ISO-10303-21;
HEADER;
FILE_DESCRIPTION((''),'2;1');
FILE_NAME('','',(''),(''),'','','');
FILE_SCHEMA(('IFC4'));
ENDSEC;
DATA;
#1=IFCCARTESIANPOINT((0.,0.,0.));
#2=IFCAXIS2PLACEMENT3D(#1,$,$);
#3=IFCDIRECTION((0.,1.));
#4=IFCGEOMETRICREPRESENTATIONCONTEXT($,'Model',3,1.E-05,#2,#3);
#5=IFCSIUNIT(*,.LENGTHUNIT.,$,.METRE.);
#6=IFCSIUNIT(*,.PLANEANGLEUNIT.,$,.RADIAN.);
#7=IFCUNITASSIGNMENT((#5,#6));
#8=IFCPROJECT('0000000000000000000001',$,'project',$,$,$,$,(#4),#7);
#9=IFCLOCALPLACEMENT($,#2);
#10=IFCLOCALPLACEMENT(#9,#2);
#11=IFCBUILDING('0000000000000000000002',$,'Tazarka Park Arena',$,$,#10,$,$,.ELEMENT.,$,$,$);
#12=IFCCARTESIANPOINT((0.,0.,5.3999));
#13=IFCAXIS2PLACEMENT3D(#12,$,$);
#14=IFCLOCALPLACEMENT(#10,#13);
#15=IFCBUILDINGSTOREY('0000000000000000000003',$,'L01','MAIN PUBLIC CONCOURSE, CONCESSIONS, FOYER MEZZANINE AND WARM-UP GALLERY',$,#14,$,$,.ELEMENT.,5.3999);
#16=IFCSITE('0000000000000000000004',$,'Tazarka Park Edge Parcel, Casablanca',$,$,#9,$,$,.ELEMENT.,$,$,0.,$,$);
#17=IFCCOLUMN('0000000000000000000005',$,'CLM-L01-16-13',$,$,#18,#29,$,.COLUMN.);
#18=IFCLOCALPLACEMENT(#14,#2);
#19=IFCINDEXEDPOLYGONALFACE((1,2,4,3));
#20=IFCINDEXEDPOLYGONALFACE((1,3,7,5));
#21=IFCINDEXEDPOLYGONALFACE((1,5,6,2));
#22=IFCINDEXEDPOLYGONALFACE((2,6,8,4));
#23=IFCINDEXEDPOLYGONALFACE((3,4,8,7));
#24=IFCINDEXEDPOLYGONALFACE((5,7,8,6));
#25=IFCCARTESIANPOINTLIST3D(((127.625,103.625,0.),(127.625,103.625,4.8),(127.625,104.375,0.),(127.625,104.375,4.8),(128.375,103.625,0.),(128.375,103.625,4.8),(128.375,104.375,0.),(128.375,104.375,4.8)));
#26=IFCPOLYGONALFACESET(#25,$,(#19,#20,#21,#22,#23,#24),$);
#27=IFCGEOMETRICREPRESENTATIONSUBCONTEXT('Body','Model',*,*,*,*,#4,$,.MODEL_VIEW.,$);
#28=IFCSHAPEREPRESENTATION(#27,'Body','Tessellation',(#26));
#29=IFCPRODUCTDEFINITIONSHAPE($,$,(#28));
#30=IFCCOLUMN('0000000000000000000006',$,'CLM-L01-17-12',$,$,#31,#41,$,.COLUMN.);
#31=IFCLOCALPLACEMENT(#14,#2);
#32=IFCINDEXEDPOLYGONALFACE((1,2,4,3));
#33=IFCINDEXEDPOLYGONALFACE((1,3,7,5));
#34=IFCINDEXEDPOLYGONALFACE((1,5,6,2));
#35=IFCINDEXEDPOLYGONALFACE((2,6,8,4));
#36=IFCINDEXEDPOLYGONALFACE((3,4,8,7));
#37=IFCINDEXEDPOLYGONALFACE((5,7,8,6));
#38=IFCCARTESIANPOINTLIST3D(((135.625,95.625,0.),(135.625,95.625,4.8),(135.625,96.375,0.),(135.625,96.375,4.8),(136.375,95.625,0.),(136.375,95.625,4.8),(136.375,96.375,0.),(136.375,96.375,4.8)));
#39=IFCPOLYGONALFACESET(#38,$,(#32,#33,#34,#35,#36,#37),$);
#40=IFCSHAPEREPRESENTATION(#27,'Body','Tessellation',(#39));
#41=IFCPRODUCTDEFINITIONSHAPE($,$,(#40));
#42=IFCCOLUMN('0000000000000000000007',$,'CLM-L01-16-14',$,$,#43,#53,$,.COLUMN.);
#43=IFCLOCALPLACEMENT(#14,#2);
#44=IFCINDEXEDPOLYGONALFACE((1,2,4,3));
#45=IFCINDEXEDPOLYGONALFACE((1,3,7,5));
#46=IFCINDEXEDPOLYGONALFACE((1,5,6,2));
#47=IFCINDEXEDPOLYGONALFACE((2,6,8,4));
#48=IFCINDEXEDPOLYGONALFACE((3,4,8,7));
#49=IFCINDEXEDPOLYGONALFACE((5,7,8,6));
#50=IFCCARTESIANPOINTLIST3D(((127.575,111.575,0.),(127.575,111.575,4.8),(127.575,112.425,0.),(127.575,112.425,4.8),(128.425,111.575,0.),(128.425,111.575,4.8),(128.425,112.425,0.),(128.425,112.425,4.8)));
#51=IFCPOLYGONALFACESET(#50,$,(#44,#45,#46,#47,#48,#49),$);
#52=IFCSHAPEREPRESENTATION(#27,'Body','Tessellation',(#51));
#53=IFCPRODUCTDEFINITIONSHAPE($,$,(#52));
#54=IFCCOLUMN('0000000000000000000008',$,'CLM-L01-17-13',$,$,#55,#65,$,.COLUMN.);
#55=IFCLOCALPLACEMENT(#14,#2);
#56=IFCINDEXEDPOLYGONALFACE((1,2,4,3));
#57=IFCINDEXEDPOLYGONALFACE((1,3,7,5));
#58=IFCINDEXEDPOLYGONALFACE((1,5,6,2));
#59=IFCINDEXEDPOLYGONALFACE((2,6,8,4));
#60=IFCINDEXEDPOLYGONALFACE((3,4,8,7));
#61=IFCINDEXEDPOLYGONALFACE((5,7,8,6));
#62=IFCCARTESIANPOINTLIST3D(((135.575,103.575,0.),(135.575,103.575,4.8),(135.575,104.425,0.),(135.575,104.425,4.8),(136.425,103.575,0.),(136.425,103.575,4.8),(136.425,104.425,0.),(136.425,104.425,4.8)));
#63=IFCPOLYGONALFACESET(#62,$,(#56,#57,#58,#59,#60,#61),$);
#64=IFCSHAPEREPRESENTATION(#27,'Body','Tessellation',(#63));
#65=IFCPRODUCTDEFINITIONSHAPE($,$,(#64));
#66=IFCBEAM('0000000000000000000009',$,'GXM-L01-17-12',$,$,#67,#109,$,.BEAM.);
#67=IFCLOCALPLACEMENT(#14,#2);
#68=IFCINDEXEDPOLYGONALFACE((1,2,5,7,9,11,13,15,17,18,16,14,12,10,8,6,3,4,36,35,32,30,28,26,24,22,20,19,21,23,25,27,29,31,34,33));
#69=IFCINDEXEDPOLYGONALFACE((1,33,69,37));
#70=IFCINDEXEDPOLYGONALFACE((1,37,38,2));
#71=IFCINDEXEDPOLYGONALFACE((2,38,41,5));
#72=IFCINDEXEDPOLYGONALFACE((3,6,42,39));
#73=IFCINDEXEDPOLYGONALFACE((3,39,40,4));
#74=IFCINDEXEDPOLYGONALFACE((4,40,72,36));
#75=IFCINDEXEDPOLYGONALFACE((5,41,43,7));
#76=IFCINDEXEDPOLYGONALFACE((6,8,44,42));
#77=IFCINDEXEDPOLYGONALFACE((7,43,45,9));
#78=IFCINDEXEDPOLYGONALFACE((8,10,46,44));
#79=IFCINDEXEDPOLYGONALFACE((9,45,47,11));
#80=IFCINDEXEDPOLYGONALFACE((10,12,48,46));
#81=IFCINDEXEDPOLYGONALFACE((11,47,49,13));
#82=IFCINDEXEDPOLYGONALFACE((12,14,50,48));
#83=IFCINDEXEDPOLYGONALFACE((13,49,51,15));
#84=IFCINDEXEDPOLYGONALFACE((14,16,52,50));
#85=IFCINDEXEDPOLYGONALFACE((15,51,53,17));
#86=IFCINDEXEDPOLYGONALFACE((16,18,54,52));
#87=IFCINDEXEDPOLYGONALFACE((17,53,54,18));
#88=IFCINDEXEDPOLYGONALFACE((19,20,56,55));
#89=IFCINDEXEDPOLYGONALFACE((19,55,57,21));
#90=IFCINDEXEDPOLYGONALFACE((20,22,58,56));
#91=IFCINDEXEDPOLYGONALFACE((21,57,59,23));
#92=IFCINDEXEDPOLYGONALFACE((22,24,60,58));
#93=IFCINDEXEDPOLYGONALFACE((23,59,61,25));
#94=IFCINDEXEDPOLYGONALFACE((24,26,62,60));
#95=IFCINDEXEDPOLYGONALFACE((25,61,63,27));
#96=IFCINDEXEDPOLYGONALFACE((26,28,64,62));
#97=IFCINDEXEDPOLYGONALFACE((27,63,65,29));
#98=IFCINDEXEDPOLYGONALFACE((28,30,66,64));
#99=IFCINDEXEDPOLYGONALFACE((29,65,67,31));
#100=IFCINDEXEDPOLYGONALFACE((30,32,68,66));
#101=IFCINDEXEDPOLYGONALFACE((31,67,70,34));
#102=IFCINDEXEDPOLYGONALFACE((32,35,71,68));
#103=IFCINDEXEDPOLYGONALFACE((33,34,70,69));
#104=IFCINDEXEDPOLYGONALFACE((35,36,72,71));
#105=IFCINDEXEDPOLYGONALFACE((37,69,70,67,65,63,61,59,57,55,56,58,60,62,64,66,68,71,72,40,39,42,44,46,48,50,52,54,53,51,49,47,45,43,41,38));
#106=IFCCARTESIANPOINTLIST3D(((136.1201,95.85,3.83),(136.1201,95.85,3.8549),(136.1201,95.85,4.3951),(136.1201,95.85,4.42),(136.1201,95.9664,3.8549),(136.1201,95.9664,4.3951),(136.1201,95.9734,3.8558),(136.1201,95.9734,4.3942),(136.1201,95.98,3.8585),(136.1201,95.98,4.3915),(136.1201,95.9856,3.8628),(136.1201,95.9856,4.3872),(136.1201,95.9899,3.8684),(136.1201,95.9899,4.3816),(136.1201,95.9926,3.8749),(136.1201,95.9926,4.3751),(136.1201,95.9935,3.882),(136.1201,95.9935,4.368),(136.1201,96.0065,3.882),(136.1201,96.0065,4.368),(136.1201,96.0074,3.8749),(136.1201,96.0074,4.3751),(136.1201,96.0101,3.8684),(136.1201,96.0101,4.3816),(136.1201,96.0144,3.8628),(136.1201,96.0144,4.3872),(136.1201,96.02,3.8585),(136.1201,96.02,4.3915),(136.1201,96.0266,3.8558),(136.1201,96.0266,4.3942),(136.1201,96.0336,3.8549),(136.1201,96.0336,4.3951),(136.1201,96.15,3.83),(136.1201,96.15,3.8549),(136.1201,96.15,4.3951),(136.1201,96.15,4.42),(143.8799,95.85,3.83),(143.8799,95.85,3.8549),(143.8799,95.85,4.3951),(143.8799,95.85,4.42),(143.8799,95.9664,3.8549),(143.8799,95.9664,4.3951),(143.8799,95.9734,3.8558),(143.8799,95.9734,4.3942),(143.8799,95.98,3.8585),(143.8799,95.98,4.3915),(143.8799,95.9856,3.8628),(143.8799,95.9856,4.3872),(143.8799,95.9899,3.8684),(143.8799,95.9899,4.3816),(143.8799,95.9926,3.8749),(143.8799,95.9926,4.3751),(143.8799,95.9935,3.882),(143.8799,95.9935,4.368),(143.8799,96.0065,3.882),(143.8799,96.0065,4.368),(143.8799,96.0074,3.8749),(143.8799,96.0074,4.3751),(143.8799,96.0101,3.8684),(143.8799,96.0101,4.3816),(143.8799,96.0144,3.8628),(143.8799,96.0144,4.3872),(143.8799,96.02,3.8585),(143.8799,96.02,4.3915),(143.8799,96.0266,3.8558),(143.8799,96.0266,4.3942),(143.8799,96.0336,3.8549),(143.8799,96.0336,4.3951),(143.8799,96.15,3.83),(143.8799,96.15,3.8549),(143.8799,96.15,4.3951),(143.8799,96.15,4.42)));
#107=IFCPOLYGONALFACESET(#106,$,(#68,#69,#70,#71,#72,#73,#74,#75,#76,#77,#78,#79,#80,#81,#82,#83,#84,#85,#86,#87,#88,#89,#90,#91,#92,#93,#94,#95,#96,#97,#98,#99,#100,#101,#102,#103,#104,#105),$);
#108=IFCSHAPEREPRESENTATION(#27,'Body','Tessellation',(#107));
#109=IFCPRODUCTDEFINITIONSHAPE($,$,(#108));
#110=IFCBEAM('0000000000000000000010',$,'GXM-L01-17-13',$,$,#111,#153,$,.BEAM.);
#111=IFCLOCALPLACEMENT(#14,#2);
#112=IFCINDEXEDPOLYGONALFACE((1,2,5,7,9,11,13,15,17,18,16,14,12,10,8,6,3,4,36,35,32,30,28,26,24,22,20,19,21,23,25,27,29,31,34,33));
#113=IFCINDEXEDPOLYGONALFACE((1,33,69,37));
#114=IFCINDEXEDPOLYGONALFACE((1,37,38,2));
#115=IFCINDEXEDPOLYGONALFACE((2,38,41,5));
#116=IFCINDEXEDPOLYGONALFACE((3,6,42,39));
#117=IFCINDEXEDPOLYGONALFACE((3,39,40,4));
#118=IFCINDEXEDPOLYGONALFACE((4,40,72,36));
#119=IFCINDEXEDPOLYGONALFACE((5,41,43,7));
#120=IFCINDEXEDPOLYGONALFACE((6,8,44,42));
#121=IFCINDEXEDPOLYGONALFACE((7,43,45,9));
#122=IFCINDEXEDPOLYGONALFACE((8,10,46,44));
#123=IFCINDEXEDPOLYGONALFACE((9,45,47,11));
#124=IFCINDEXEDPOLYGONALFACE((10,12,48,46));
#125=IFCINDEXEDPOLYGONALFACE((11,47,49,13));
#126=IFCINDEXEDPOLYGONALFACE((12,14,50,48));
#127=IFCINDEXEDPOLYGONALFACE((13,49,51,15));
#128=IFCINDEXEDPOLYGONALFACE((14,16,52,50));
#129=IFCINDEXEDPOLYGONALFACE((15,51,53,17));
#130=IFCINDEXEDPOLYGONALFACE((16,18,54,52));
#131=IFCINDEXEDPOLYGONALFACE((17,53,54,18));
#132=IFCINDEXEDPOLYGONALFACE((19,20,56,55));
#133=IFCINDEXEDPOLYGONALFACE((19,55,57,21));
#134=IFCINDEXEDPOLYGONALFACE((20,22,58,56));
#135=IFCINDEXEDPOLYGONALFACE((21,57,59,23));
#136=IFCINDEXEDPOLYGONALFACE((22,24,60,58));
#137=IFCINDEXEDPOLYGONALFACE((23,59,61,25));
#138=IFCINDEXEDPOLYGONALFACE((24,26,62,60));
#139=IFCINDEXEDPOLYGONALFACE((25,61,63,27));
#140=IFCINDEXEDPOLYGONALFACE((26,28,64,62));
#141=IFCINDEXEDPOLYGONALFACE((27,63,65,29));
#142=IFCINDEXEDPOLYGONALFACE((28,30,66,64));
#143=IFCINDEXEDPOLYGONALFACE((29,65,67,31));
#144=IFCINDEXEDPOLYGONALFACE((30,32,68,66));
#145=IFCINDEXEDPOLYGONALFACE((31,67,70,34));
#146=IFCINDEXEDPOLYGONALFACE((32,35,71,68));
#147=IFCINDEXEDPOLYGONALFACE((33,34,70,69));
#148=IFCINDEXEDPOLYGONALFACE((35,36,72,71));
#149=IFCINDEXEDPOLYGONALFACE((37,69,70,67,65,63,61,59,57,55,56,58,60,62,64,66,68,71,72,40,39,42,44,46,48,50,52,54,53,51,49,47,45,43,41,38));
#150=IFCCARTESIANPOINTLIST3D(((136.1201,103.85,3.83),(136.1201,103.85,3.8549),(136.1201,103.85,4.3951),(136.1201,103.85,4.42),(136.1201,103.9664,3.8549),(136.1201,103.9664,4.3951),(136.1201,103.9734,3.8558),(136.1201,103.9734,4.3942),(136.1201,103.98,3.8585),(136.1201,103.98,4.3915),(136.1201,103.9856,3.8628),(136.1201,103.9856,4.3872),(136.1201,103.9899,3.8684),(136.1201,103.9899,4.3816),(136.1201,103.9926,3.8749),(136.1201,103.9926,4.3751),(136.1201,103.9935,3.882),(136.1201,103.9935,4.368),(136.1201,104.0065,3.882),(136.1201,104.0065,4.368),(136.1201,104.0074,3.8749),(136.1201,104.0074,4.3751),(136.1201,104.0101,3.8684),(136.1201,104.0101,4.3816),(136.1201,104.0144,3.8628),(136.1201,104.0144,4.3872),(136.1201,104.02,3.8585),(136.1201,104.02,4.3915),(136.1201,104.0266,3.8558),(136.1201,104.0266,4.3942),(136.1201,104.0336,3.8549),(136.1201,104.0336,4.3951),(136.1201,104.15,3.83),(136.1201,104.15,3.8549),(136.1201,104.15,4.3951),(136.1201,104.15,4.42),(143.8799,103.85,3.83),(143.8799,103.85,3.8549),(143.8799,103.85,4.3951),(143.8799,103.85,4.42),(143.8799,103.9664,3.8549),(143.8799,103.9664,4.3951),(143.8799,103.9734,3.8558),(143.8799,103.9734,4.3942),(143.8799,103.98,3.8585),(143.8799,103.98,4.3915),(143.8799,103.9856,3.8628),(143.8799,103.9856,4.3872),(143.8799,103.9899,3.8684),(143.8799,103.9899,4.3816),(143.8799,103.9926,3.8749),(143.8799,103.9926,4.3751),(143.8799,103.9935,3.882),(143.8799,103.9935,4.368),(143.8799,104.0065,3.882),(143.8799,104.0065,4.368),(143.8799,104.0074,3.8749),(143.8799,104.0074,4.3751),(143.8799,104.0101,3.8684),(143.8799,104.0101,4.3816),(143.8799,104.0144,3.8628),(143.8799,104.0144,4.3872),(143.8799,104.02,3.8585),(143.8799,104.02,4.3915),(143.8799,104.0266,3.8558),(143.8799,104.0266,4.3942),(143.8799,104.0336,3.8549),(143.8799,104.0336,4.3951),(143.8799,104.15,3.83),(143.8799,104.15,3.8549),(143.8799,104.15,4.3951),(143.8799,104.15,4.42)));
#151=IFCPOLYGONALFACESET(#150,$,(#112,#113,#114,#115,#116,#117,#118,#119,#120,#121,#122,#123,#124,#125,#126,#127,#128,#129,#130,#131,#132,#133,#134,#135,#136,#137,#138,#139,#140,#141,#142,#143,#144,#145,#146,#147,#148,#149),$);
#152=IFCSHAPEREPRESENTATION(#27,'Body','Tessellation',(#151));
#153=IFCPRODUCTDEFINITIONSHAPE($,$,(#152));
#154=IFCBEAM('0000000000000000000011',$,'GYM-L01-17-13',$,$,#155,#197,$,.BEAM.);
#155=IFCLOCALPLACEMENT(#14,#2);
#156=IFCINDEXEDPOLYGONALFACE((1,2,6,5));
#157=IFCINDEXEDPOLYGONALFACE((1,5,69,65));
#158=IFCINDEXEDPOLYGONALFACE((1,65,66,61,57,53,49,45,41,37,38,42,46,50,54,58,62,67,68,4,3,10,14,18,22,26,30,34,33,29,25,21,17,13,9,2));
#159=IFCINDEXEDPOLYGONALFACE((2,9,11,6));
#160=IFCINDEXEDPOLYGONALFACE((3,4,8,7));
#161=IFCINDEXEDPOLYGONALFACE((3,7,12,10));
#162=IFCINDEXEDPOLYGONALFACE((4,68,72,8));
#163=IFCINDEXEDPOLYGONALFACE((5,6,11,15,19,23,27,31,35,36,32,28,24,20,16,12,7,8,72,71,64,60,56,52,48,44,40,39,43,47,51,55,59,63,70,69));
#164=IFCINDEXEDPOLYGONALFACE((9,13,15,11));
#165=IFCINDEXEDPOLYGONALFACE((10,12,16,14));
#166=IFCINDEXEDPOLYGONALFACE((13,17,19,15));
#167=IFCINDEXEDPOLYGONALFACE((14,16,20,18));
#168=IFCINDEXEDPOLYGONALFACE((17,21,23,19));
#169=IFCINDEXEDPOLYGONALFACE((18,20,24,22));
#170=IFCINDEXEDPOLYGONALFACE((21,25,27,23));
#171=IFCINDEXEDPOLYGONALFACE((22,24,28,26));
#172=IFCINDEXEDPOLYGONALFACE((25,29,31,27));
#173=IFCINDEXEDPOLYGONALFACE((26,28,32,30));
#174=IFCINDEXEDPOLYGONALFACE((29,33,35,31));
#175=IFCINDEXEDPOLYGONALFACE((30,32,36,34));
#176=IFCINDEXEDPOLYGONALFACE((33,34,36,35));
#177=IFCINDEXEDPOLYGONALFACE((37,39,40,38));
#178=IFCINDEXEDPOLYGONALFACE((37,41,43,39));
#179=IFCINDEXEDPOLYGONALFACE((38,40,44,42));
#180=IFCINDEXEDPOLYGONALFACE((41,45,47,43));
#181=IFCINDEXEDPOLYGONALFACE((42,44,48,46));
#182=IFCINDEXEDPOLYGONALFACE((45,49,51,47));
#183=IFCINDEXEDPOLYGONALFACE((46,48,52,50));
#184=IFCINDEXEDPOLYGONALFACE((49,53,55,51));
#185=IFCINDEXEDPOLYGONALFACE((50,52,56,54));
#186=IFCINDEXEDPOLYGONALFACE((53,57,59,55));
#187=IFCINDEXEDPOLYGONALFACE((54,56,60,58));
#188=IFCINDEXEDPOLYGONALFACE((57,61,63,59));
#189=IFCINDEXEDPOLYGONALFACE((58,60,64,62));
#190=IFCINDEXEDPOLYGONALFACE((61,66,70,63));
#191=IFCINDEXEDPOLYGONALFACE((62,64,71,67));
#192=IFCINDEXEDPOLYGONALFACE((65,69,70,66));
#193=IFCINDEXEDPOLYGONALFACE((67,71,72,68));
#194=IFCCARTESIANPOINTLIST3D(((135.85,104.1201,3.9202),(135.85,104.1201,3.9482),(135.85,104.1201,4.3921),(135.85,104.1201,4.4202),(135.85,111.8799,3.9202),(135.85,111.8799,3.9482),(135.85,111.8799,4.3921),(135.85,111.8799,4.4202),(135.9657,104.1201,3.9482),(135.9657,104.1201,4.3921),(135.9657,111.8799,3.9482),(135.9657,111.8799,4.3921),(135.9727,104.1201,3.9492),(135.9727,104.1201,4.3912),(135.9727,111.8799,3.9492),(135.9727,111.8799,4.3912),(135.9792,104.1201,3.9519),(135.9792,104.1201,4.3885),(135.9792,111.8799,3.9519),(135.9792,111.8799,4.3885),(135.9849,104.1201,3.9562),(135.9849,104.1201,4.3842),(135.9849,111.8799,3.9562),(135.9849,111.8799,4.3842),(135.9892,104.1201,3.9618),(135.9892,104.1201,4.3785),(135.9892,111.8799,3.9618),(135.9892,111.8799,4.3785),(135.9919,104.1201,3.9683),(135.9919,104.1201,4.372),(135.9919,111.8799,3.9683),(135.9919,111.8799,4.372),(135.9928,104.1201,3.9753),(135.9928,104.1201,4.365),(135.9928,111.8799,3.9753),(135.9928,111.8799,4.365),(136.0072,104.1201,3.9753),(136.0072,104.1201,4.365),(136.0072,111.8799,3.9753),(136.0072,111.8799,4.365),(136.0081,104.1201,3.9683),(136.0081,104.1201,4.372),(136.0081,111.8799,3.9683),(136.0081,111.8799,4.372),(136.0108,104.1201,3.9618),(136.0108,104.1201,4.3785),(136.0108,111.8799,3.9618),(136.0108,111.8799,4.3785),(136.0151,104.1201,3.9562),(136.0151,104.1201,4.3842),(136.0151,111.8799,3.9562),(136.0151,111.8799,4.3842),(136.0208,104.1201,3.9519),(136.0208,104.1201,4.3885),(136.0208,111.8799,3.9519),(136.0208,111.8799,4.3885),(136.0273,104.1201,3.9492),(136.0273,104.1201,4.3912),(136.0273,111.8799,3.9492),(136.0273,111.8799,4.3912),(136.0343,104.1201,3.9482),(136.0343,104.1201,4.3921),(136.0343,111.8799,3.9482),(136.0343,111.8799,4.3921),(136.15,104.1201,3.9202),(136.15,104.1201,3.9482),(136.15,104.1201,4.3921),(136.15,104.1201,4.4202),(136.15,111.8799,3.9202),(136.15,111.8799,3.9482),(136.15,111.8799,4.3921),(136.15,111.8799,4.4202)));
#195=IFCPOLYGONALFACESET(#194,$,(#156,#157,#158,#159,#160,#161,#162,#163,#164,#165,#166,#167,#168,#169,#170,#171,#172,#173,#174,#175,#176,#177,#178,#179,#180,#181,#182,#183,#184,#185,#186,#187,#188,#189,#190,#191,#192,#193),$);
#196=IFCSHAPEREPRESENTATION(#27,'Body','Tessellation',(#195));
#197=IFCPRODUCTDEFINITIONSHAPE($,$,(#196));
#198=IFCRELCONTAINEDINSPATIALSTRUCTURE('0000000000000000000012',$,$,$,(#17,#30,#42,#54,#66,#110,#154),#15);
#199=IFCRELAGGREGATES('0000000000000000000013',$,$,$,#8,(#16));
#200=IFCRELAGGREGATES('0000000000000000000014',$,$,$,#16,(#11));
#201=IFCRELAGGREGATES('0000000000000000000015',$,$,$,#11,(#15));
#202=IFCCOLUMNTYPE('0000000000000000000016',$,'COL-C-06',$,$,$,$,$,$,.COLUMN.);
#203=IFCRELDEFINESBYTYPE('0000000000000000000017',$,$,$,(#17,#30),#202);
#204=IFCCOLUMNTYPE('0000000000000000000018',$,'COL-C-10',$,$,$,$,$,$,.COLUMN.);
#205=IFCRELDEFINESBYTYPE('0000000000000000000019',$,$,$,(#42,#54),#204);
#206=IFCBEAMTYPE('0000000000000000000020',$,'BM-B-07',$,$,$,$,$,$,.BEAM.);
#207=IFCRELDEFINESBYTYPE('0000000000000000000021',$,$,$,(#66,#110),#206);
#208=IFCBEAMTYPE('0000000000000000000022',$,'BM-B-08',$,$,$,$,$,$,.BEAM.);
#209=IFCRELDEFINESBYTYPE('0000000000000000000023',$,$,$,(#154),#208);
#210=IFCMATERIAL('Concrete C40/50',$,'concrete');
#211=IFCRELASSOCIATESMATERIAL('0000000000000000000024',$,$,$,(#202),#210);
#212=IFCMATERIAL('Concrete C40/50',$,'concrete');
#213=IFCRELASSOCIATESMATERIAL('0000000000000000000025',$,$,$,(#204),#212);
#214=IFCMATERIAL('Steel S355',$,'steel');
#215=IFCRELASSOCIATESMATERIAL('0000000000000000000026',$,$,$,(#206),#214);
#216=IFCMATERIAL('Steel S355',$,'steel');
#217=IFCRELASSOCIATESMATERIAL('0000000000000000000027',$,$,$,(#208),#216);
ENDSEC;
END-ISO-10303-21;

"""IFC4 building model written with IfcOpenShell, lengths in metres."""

from ifc_helpers import new_model, si_unit, direction, frame, origin, origin_2d, place, context, subcontext, project, spatial, rectangle, i_section, extrude, material, material_profile, profile_set, type_object, element, save


model = new_model("IFC4")

# Units and contexts
model_context = context("Model", 3, precision=1e-05, world=origin(), true_north=direction((0.0, 1.0)))
body_context = subcontext(model_context, "Body", "Model", "MODEL_VIEW")
ifc_project = project(units=[si_unit("LENGTHUNIT", "METRE"), si_unit("PLANEANGLEUNIT", "RADIAN")], contexts=[model_context])

# Site, building, storey
site_placement = place(None, origin())
site = spatial("IfcSite", under=ifc_project, at=site_placement, Name="Tazarka Park Edge Parcel, Casablanca", CompositionType="ELEMENT", RefElevation=0.0)
building_placement = place(site_placement, origin())
building = spatial("IfcBuilding", under=site, at=building_placement, Name="Tazarka Park Arena", CompositionType="ELEMENT")
storey_placement = place(building_placement, frame((0.0, 0.0, 5.3999)))
storey = spatial("IfcBuildingStorey", under=building, at=storey_placement, Name="L01", Description="MAIN PUBLIC CONCOURSE, CONCESSIONS, FOYER MEZZANINE AND WARM-UP GALLERY", CompositionType="ELEMENT", Elevation=5.3999)

# Columns
ifc_material_1 = material(Name="Concrete C40/50", Category="concrete")
ifc_material_profile_1 = material_profile(ifc_material_1, rectangle(XDim=0.75, YDim=0.75, at=origin_2d()), Name="Concrete C40/50")
ifc_profile_set_1 = profile_set([ifc_material_profile_1], Name="Concrete C40/50")
column_type_1 = type_object("IfcColumnType", Name="COL-C-06", PredefinedType="COLUMN", material=ifc_profile_set_1)
for number, where, z_axis, x_axis, name in (
    (1, (128.0, 104.0, 0.0), (0.0, 0.0, 1.0), (1.0, 0.0, 0.0), "CLM-L01-16-13"),
    (2, (136.0, 96.0, 0.0), (0.0, 0.0, 1.0), (1.0, 0.0, 0.0), "CLM-L01-17-12"),
):
    element("IfcColumn", number, at=place(storey_placement, frame(where, z_axis=z_axis, x_axis=x_axis)), inside=storey, type_object=column_type_1, Name=name, PredefinedType="COLUMN", context=body_context, shape_type="SweptSolid", body=[
        extrude(rectangle(XDim=0.75, YDim=0.75, at=origin_2d()), origin(), (0.0, 0.0, 1.0), 4.8),
    ])
ifc_material_2 = material(Name="Concrete C40/50", Category="concrete")
ifc_material_profile_2 = material_profile(ifc_material_2, rectangle(XDim=0.8501, YDim=0.8501, at=origin_2d()), Name="Concrete C40/50")
ifc_profile_set_2 = profile_set([ifc_material_profile_2], Name="Concrete C40/50")
column_type_2 = type_object("IfcColumnType", Name="COL-C-10", PredefinedType="COLUMN", material=ifc_profile_set_2)
for number, where, z_axis, x_axis, name in (
    (3, (128.0, 112.0, 0.0), (0.0, 0.0, 1.0), (1.0, 0.0, 0.0), "CLM-L01-16-14"),
    (4, (136.0, 104.0, 0.0), (0.0, 0.0, 1.0), (1.0, 0.0, 0.0), "CLM-L01-17-13"),
):
    element("IfcColumn", number, at=place(storey_placement, frame(where, z_axis=z_axis, x_axis=x_axis)), inside=storey, type_object=column_type_2, Name=name, PredefinedType="COLUMN", context=body_context, shape_type="SweptSolid", body=[
        extrude(rectangle(XDim=0.8501, YDim=0.8501, at=origin_2d()), origin(), (0.0, 0.0, 1.0), 4.8),
    ])

# Beams
ifc_material_3 = material(Name="Steel S355", Category="steel")
ifc_material_profile_3 = material_profile(ifc_material_3, i_section(OverallWidth=0.3, OverallDepth=0.5901, WebThickness=0.0129, FlangeThickness=0.0249, FilletRadius=0.0271, at=origin_2d()), Name="Steel S355")
ifc_profile_set_3 = profile_set([ifc_material_profile_3], Name="Steel S355")
beam_type_1 = type_object("IfcBeamType", Name="BM-B-07", PredefinedType="BEAM", material=ifc_profile_set_3)
for number, where, z_axis, x_axis, name in (
    (5, (136.1201, 96.0, 4.125), (1.0, 0.0, 0.0), (0.0, 1.0, 0.0), "GXM-L01-17-12"),
    (6, (136.1201, 104.0, 4.125), (1.0, 0.0, 0.0), (0.0, 1.0, 0.0), "GXM-L01-17-13"),
):
    element("IfcBeam", number, at=place(storey_placement, frame(where, z_axis=z_axis, x_axis=x_axis)), inside=storey, type_object=beam_type_1, Name=name, PredefinedType="BEAM", context=body_context, shape_type="SweptSolid", body=[
        extrude(i_section(OverallWidth=0.3, OverallDepth=0.5901, WebThickness=0.0129, FlangeThickness=0.0249, FilletRadius=0.0271, at=origin_2d()), origin(), (0.0, 0.0, 1.0), 7.7598),
    ])
ifc_material_4 = material(Name="Steel S355", Category="steel")
ifc_material_profile_4 = material_profile(ifc_material_4, i_section(OverallWidth=0.3, OverallDepth=0.5, WebThickness=0.0144, FlangeThickness=0.0281, FilletRadius=0.0271, at=origin_2d()), Name="Steel S355")
ifc_profile_set_4 = profile_set([ifc_material_profile_4], Name="Steel S355")
beam_type_2 = type_object("IfcBeamType", Name="BM-B-08", PredefinedType="BEAM", material=ifc_profile_set_4)
beam_1_placement = place(storey_placement, frame((136.0, 104.1201, 4.1702), z_axis=(0.0, 1.0, 0.0), x_axis=(-1.0, 0.0, 0.0)))
element("IfcBeam", 7, at=beam_1_placement, inside=storey, type_object=beam_type_2, Name="GYM-L01-17-13", PredefinedType="BEAM", context=body_context, shape_type="SweptSolid", body=[
    extrude(i_section(OverallWidth=0.3, OverallDepth=0.5, WebThickness=0.0144, FlangeThickness=0.0281, FilletRadius=0.0271, at=origin_2d()), origin(), (0.0, 0.0, 1.0), 7.7598),
])

save(model, "model.ifc")
